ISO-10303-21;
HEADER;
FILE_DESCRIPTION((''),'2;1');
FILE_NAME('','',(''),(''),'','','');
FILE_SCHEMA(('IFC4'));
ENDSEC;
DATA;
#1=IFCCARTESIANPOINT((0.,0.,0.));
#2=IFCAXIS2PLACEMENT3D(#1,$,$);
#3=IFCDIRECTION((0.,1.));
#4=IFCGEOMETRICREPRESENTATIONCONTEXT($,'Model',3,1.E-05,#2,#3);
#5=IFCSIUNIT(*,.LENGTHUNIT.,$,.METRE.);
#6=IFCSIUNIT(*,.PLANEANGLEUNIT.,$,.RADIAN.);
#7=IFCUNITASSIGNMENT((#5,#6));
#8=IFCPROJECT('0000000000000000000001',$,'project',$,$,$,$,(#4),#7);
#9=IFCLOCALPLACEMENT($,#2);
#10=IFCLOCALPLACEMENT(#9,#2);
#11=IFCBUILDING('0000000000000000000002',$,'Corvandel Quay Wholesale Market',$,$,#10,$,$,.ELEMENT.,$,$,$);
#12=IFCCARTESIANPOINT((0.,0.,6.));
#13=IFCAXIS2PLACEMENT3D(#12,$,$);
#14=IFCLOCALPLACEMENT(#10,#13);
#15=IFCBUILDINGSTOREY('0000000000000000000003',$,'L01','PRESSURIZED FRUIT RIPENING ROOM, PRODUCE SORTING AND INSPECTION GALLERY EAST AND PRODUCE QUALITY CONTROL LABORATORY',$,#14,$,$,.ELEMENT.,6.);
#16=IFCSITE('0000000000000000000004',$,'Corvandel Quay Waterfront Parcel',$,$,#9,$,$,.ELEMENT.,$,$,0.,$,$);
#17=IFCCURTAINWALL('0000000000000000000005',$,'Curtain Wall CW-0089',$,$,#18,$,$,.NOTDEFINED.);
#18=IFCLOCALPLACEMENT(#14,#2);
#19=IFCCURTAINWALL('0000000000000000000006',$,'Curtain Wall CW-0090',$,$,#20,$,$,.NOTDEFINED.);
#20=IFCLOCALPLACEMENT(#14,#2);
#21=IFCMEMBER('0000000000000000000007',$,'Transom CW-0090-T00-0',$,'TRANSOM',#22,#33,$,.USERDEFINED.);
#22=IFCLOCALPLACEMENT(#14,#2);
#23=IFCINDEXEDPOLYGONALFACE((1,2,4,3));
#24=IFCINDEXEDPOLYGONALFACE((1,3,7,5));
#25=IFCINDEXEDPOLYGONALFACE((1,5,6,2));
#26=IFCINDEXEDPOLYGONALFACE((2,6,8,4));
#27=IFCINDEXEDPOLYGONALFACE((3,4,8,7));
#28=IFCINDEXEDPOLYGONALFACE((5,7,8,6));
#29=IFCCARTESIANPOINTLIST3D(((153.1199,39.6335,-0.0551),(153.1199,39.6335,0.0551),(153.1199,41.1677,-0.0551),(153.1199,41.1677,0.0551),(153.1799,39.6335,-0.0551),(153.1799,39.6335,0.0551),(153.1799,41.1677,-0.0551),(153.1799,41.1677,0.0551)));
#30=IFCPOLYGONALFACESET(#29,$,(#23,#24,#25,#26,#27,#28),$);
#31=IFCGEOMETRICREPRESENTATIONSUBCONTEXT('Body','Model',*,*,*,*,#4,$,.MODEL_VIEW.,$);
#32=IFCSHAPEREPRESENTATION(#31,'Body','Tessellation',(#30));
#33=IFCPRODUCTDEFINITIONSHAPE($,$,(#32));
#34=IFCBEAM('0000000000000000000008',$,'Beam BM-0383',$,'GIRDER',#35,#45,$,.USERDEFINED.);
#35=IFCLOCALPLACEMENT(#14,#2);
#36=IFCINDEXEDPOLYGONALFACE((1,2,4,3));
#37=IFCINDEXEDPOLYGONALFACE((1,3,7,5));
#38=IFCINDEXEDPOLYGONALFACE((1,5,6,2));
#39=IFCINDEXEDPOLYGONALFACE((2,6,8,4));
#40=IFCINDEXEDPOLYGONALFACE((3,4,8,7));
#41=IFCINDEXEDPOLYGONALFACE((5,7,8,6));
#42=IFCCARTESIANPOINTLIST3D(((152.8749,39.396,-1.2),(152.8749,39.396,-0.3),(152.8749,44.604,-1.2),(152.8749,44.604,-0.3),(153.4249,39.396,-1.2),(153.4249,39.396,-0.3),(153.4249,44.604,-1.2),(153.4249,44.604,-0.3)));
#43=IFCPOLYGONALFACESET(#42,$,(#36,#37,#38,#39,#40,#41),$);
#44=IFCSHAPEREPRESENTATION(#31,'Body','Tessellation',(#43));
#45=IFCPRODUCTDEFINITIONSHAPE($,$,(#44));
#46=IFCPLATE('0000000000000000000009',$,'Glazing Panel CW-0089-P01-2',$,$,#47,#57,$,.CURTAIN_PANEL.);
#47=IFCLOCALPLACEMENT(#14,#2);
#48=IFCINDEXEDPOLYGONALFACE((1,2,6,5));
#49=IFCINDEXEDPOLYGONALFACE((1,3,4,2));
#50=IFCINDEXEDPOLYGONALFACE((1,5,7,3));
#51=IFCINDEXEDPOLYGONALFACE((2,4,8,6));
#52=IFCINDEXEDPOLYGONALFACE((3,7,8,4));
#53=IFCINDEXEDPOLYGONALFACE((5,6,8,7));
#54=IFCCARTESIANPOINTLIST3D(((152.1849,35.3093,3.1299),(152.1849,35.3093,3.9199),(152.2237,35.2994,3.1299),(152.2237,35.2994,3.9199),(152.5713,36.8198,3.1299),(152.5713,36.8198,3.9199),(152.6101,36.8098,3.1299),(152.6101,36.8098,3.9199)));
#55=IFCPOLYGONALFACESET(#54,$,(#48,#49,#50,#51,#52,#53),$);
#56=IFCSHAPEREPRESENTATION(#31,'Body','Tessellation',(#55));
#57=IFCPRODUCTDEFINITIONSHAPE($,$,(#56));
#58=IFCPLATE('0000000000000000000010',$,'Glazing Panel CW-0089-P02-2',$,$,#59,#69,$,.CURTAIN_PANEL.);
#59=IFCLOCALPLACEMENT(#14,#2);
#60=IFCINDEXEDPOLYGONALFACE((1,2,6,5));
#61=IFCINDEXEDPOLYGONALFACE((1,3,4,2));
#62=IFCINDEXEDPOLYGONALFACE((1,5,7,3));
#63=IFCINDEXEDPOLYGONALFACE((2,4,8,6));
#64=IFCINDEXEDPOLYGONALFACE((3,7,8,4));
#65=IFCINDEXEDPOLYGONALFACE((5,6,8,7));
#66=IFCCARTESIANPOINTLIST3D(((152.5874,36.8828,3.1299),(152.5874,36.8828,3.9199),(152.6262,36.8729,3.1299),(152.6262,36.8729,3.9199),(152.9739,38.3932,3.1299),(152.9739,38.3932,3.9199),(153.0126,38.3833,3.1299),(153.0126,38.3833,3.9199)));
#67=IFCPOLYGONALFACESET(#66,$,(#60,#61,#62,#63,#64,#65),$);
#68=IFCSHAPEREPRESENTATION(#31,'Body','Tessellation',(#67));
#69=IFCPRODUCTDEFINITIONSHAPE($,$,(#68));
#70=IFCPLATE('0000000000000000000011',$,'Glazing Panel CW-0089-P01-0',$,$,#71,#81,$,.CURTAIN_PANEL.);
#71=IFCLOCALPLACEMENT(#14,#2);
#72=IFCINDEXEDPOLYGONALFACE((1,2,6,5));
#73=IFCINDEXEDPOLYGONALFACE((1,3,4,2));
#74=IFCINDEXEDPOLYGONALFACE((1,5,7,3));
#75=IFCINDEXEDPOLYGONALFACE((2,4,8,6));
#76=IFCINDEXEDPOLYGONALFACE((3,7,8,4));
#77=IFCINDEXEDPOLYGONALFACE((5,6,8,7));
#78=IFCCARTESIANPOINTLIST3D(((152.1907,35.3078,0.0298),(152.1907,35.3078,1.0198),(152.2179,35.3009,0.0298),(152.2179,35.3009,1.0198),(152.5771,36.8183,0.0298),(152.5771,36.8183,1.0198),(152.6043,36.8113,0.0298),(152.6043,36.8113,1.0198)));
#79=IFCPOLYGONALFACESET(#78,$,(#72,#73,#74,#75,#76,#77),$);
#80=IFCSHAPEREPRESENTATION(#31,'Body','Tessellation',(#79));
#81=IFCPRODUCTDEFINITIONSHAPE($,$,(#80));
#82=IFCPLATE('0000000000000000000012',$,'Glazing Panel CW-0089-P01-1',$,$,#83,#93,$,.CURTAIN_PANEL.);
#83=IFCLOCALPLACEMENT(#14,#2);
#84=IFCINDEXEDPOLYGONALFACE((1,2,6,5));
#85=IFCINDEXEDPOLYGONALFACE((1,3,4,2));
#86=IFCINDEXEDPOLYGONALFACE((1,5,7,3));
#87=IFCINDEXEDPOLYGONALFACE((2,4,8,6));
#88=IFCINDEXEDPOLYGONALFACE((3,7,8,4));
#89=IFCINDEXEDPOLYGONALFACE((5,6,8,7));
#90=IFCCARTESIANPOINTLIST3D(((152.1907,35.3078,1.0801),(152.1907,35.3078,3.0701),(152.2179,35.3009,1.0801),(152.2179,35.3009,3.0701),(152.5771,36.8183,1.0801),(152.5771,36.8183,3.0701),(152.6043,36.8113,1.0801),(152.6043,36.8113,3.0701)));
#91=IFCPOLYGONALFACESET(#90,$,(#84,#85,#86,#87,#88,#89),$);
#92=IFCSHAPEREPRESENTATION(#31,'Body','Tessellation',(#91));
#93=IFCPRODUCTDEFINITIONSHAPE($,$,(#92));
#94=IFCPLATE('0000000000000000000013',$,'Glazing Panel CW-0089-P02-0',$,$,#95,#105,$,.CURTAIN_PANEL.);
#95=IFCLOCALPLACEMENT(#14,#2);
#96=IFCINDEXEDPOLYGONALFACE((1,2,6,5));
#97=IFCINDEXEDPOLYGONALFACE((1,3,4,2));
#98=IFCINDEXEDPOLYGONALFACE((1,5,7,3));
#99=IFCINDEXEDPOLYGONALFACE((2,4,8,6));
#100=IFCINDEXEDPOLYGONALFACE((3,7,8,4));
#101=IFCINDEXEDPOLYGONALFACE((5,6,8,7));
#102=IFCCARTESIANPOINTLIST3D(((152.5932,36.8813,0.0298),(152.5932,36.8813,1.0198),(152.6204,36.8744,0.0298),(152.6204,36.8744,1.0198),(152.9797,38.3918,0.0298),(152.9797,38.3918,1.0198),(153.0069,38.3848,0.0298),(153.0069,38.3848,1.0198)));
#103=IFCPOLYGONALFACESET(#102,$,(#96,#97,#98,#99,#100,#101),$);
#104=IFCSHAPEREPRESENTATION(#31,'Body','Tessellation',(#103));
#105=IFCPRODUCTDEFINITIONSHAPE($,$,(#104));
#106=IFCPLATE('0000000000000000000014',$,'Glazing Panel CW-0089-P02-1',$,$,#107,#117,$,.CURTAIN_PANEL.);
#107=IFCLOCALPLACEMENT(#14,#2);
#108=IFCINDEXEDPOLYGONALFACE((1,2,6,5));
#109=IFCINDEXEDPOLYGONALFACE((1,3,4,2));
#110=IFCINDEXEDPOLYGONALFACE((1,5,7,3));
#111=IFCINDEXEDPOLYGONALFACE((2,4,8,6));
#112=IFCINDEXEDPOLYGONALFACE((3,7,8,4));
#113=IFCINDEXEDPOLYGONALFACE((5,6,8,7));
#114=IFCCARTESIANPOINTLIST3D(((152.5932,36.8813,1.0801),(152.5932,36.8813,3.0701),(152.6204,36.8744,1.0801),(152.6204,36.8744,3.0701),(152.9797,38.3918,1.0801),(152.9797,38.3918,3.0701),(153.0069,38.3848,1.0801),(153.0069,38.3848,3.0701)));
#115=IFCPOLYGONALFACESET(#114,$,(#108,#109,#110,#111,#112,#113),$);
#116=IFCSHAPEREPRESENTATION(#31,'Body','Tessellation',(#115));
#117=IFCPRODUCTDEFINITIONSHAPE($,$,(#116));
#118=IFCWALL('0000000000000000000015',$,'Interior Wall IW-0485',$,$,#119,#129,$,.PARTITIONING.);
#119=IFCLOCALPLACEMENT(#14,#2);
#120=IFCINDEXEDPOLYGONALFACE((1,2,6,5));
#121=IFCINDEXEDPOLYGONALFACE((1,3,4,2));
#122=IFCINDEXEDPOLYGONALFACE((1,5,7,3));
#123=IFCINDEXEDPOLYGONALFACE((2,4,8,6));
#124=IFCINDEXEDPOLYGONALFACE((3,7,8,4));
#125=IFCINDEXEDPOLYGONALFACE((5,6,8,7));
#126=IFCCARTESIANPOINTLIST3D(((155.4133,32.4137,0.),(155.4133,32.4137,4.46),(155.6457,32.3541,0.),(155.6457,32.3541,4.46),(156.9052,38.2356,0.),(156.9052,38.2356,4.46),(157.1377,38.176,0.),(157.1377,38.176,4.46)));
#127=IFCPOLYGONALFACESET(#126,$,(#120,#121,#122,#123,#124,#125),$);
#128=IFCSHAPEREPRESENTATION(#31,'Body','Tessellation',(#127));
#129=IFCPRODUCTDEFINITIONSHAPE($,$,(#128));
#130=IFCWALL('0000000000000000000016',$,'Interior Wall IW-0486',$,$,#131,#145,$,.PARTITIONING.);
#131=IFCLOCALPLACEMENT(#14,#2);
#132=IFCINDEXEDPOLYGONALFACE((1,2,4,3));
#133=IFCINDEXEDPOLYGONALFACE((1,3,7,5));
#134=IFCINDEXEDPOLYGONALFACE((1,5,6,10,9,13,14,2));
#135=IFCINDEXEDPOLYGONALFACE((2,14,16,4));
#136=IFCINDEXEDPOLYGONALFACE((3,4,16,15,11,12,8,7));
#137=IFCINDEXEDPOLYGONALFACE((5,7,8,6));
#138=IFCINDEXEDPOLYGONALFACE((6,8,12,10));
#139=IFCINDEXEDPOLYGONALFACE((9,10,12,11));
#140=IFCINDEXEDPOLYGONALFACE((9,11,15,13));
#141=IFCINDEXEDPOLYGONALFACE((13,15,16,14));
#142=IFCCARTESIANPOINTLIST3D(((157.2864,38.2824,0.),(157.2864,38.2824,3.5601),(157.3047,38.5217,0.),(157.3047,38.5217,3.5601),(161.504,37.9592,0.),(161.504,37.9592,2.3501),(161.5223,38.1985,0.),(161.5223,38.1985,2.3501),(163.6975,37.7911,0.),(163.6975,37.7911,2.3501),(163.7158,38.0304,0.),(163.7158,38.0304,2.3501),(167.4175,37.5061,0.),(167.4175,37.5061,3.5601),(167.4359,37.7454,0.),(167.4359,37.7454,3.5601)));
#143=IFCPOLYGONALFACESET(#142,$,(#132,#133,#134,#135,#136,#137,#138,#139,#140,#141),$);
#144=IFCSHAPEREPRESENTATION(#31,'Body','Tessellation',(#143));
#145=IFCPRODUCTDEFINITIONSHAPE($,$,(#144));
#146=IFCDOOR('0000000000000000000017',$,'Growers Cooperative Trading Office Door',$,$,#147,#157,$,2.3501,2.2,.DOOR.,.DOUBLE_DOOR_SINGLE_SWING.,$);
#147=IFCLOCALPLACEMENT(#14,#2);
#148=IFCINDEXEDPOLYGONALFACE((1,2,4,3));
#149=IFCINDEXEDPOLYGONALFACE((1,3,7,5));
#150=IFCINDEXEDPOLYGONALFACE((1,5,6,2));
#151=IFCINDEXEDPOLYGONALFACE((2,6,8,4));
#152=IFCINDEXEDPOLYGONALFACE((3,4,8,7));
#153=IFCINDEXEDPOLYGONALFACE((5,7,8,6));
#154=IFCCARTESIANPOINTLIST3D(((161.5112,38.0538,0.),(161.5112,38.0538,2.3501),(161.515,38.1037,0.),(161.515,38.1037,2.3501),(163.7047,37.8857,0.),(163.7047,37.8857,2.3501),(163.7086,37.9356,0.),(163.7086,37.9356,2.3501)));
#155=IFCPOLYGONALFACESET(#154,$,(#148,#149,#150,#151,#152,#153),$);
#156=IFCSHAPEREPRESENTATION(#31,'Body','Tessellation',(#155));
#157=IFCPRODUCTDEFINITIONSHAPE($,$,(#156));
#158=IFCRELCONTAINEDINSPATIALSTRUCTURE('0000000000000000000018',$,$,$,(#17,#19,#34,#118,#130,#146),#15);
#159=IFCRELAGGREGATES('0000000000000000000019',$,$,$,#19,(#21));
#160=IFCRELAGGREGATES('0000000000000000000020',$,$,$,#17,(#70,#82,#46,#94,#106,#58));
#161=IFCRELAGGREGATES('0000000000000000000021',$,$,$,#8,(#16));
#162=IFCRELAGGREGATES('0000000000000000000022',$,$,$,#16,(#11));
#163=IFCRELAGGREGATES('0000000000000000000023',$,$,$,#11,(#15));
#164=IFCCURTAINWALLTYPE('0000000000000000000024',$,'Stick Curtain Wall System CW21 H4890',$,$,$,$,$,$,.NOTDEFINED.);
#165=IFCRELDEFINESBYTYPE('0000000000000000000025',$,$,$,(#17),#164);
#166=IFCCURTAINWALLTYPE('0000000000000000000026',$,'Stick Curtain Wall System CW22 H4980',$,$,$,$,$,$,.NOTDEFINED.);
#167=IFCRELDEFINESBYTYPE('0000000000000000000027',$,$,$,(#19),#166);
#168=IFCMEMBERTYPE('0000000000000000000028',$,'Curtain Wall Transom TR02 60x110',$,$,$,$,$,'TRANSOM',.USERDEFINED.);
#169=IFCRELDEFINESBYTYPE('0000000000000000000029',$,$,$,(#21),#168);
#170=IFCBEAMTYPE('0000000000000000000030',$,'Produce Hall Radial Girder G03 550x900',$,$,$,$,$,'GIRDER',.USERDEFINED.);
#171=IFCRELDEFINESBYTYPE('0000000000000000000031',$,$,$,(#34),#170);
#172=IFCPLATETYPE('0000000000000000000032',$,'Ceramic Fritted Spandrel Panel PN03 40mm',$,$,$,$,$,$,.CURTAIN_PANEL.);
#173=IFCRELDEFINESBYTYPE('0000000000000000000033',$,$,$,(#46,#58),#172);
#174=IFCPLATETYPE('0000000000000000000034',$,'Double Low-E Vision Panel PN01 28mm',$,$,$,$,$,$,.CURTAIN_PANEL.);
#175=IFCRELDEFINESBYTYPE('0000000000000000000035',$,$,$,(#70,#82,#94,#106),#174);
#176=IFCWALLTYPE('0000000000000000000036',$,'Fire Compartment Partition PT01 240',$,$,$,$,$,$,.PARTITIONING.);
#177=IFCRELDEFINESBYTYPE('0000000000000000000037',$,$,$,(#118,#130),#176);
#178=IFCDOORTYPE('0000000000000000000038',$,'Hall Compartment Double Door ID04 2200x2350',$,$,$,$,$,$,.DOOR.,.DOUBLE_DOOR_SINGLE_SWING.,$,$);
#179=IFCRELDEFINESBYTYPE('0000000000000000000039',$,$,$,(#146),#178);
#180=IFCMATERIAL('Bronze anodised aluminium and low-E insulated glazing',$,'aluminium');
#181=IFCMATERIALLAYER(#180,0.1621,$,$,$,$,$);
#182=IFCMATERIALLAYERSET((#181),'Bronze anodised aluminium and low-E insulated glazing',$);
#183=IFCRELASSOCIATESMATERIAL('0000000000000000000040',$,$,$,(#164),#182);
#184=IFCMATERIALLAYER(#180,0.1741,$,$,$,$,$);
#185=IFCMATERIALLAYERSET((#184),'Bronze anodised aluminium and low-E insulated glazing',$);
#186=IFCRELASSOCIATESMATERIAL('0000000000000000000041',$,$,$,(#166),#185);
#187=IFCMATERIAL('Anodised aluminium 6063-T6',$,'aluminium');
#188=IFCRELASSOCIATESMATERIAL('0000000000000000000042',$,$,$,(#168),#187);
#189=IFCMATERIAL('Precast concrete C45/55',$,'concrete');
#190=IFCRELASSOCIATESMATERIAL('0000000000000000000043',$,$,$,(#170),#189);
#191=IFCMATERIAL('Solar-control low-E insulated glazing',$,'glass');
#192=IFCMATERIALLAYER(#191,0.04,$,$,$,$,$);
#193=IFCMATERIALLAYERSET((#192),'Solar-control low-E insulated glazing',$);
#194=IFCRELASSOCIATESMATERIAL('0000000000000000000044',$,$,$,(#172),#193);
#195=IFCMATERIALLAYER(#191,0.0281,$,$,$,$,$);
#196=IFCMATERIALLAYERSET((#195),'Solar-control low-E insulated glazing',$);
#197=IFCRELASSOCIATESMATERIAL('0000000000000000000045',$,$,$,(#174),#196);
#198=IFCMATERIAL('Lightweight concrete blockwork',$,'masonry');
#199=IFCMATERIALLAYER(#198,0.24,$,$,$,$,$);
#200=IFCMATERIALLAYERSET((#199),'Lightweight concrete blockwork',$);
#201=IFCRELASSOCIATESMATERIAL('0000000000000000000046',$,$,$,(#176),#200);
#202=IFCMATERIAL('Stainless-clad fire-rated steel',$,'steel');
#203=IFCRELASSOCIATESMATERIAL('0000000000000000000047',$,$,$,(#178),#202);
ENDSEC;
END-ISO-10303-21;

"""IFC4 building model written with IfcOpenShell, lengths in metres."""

from ifc_helpers import new_model, si_unit, direction, frame, frame_2d, origin, origin_2d, place, context, subcontext, project, spatial, rectangle, extrude, material, layer, layer_set, material_profile, profile_set, type_object, element, fill, aggregate, save


model = new_model("IFC4")

# Units and contexts
model_context = context("Model", 3, precision=1e-05, world=origin(), true_north=direction((0.0, 1.0)))
body_context = subcontext(model_context, "Body", "Model", "MODEL_VIEW")
ifc_project = project(units=[si_unit("LENGTHUNIT", "METRE"), si_unit("PLANEANGLEUNIT", "RADIAN")], contexts=[model_context])

# Site, building, storey
site_placement = place(None, origin())
site = spatial("IfcSite", under=ifc_project, at=site_placement, Name="Corvandel Quay Waterfront Parcel", CompositionType="ELEMENT", RefElevation=0.0)
building_placement = place(site_placement, origin())
building = spatial("IfcBuilding", under=site, at=building_placement, Name="Corvandel Quay Wholesale Market", CompositionType="ELEMENT")
storey_placement = place(building_placement, frame((0.0, 0.0, 6.0)))
storey = spatial("IfcBuildingStorey", under=building, at=storey_placement, Name="L01", Description="PRESSURIZED FRUIT RIPENING ROOM, PRODUCE SORTING AND INSPECTION GALLERY EAST AND PRODUCE QUALITY CONTROL LABORATORY", CompositionType="ELEMENT", Elevation=6.0)

# Shared definitions
ifc_material_1 = material(Name="Precast concrete C45/55", Category="concrete")

# Curtain wall
ifc_material_2 = material(Name="Bronze anodised aluminium and low-E insulated glazing", Category="aluminium")
ifc_layer_1 = layer(ifc_material_2, 0.1621)
ifc_layer_set_1 = layer_set([ifc_layer_1], Name="Bronze anodised aluminium and low-E insulated glazing")
curtain_wall_type_1 = type_object("IfcCurtainWallType", Name="Stick Curtain Wall System CW21 H4890", PredefinedType="NOTDEFINED", material=ifc_layer_set_1)
curtain_wall_1_placement = place(storey_placement, origin())
curtain_wall_1 = element("IfcCurtainWall", 1, at=curtain_wall_1_placement, inside=storey, type_object=curtain_wall_type_1, Name="Curtain Wall CW-0089", PredefinedType="NOTDEFINED")
ifc_material_3 = material(Name="Anodised aluminium 6063-T6", Category="aluminium")

# Curtain wall
ifc_layer_2 = layer(ifc_material_2, 0.1741)
ifc_layer_set_2 = layer_set([ifc_layer_2], Name="Bronze anodised aluminium and low-E insulated glazing")
curtain_wall_type_2 = type_object("IfcCurtainWallType", Name="Stick Curtain Wall System CW22 H4980", PredefinedType="NOTDEFINED", material=ifc_layer_set_2)
curtain_wall_2_placement = place(storey_placement, origin())
curtain_wall_2 = element("IfcCurtainWall", 2, at=curtain_wall_2_placement, inside=storey, type_object=curtain_wall_type_2, Name="Curtain Wall CW-0090", PredefinedType="NOTDEFINED")

# Member
ifc_material_profile_1 = material_profile(ifc_material_3, rectangle(XDim=0.0601, YDim=0.1101, at=origin_2d()), Name="ALU-TRN-60x110")
ifc_profile_set_1 = profile_set([ifc_material_profile_1], Name="Anodised aluminium 6063-T6")
member_type_1 = type_object("IfcMemberType", Name="Curtain Wall Transom TR02 60x110", ElementType="TRANSOM", PredefinedType="USERDEFINED", material=ifc_profile_set_1)
member_1_placement = place(storey_placement, frame((153.1499, 39.6335, 0.0), z_axis=(0.0, 1.0, 0.0), x_axis=(-1.0, 0.0, 0.0)))
member_1 = element("IfcMember", 3, at=member_1_placement, type_object=member_type_1, Name="Transom CW-0090-T00-0", ObjectType="TRANSOM", PredefinedType="USERDEFINED", context=body_context, shape_type="SweptSolid", body=[
    extrude(rectangle(XDim=0.0601, YDim=0.1101, at=origin_2d()), origin(), (0.0, 0.0, 1.0), 1.5342),
])
aggregate(curtain_wall_2, [member_1])

# Beam
ifc_material_profile_2 = material_profile(ifc_material_1, rectangle(XDim=0.55, YDim=0.8999, at=origin_2d()), Name="PC-GIR-550x900")
ifc_profile_set_2 = profile_set([ifc_material_profile_2], Name="Precast concrete C45/55")
beam_type = type_object("IfcBeamType", Name="Produce Hall Radial Girder G03 550x900", ElementType="GIRDER", PredefinedType="USERDEFINED", material=ifc_profile_set_2)
beam_placement = place(storey_placement, frame((153.1499, 39.396, -0.75), z_axis=(0.0, 1.0, 0.0), x_axis=(-1.0, 0.0, 0.0)))
element("IfcBeam", 4, at=beam_placement, inside=storey, type_object=beam_type, Name="Beam BM-0383", ObjectType="GIRDER", PredefinedType="USERDEFINED", context=body_context, shape_type="SweptSolid", body=[
    extrude(rectangle(XDim=0.55, YDim=0.8999, at=origin_2d()), origin(), (0.0, 0.0, 1.0), 5.208),
])

# Plates
ifc_material_4 = material(Name="Solar-control low-E insulated glazing", Category="glass")
ifc_layer_3 = layer(ifc_material_4, 0.04)
ifc_layer_set_3 = layer_set([ifc_layer_3], Name="Solar-control low-E insulated glazing")
plate_type_1 = type_object("IfcPlateType", Name="Ceramic Fritted Spandrel Panel PN03 40mm", PredefinedType="CURTAIN_PANEL", material=ifc_layer_set_3)
plate_1_placement = place(storey_placement, frame((152.3975, 36.0596, 3.1299), z_axis=(0.0, 0.0, 1.0), x_axis=(0.247845, 0.9688, 0.0)))
plate_1 = element("IfcPlate", 5, at=plate_1_placement, type_object=plate_type_1, Name="Glazing Panel CW-0089-P01-2", PredefinedType="CURTAIN_PANEL", context=body_context, shape_type="SweptSolid", body=[
    extrude(rectangle(XDim=1.5591, YDim=0.04, at=origin_2d()), origin(), (0.0, 0.0, 1.0), 0.79),
])
plate_2_placement = place(storey_placement, frame((152.8, 37.6331, 3.1299), z_axis=(0.0, 0.0, 1.0), x_axis=(0.247845, 0.9688, 0.0)))
plate_2 = element("IfcPlate", 6, at=plate_2_placement, type_object=plate_type_1, Name="Glazing Panel CW-0089-P02-2", PredefinedType="CURTAIN_PANEL", context=body_context, shape_type="SweptSolid", body=[
    extrude(rectangle(XDim=1.5591, YDim=0.04, at=origin_2d()), origin(), (0.0, 0.0, 1.0), 0.79),
])
ifc_layer_4 = layer(ifc_material_4, 0.0281)
ifc_layer_set_4 = layer_set([ifc_layer_4], Name="Solar-control low-E insulated glazing")
plate_type_2 = type_object("IfcPlateType", Name="Double Low-E Vision Panel PN01 28mm", PredefinedType="CURTAIN_PANEL", material=ifc_layer_set_4)
plate_3_placement = place(storey_placement, frame((152.3975, 36.0596, 0.0298), z_axis=(0.0, 0.0, 1.0), x_axis=(0.247845, 0.9688, 0.0)))
plate_3 = element("IfcPlate", 7, at=plate_3_placement, type_object=plate_type_2, Name="Glazing Panel CW-0089-P01-0", PredefinedType="CURTAIN_PANEL", context=body_context, shape_type="SweptSolid", body=[
    extrude(rectangle(XDim=1.5591, YDim=0.0281, at=origin_2d()), origin(), (0.0, 0.0, 1.0), 0.99),
])
plate_4_placement = place(storey_placement, frame((152.3975, 36.0596, 1.0801), z_axis=(0.0, 0.0, 1.0), x_axis=(0.247845, 0.9688, 0.0)))
plate_4 = element("IfcPlate", 8, at=plate_4_placement, type_object=plate_type_2, Name="Glazing Panel CW-0089-P01-1", PredefinedType="CURTAIN_PANEL", context=body_context, shape_type="SweptSolid", body=[
    extrude(rectangle(XDim=1.5591, YDim=0.0281, at=origin_2d()), origin(), (0.0, 0.0, 1.0), 1.99),
])
plate_5_placement = place(storey_placement, frame((152.8, 37.6331, 0.0298), z_axis=(0.0, 0.0, 1.0), x_axis=(0.247845, 0.9688, 0.0)))
plate_5 = element("IfcPlate", 9, at=plate_5_placement, type_object=plate_type_2, Name="Glazing Panel CW-0089-P02-0", PredefinedType="CURTAIN_PANEL", context=body_context, shape_type="SweptSolid", body=[
    extrude(rectangle(XDim=1.5591, YDim=0.0281, at=origin_2d()), origin(), (0.0, 0.0, 1.0), 0.99),
])
plate_6_placement = place(storey_placement, frame((152.8, 37.6331, 1.0801), z_axis=(0.0, 0.0, 1.0), x_axis=(0.247845, 0.9688, 0.0)))
plate_6 = element("IfcPlate", 10, at=plate_6_placement, type_object=plate_type_2, Name="Glazing Panel CW-0089-P02-1", PredefinedType="CURTAIN_PANEL", context=body_context, shape_type="SweptSolid", body=[
    extrude(rectangle(XDim=1.5591, YDim=0.0281, at=origin_2d()), origin(), (0.0, 0.0, 1.0), 1.99),
])
aggregate(curtain_wall_1, [plate_3, plate_4, plate_1, plate_5, plate_6, plate_2])

# Wall
ifc_material_5 = material(Name="Lightweight concrete blockwork", Category="masonry")
ifc_layer_5 = layer(ifc_material_5, 0.24)
ifc_layer_set_5 = layer_set([ifc_layer_5], Name="Lightweight concrete blockwork")
wall_type = type_object("IfcWallType", Name="Fire Compartment Partition PT01 240", PredefinedType="PARTITIONING", material=ifc_layer_set_5)
wall_1_placement = place(storey_placement, frame((155.5295, 32.384, 0.0), z_axis=(0.0, 0.0, 1.0), x_axis=(0.248247, 0.968697, 0.0)))
element("IfcWall", 11, at=wall_1_placement, inside=storey, type_object=wall_type, Name="Interior Wall IW-0485", PredefinedType="PARTITIONING", context=body_context, shape_type="SweptSolid", body=[
    extrude(rectangle(XDim=6.01, YDim=0.24, at=frame_2d((3.0049, 0.0))), origin(), (0.0, 0.0, 1.0), 4.46),
])

# Wall, opening, door
wall_2_placement = place(storey_placement, frame((157.2954, 38.4021, 0.0), z_axis=(0.0, 0.0, 1.0), x_axis=(0.997077, -0.076408, 0.0)))
wall_2 = element("IfcWall", 12, at=wall_2_placement, inside=storey, type_object=wall_type, Name="Interior Wall IW-0486", PredefinedType="PARTITIONING", context=body_context, shape_type="SweptSolid", body=[
    extrude(rectangle(XDim=10.1609, YDim=0.24, at=frame_2d((5.0806, 0.0))), origin(), (0.0, 0.0, 1.0), 3.5601),
])
opening_placement = place(wall_2_placement, frame((4.23, 0.0, 0.0)))
opening = element("IfcOpeningElement", 13, at=opening_placement, cuts=wall_2, PredefinedType="OPENING", context=body_context, shape_type="SweptSolid", body=[
    extrude(rectangle(XDim=2.2, YDim=2.3501, at=frame_2d((1.1001, 1.175))), frame((0.0, 0.1299, 0.0), z_axis=(0.0, -1.0, 0.0), x_axis=(1.0, 0.0, 0.0)), (0.0, 0.0, 1.0), 0.26),
])
ifc_material_6 = material(Name="Stainless-clad fire-rated steel", Category="steel")
door_type = type_object("IfcDoorType", Name="Hall Compartment Double Door ID04 2200x2350", OperationType="DOUBLE_DOOR_SINGLE_SWING", PredefinedType="DOOR", material=ifc_material_6)
door_placement = place(opening_placement, origin())
door = element("IfcDoor", 14, at=door_placement, inside=storey, type_object=door_type, Name="Growers Cooperative Trading Office Door", OperationType="DOUBLE_DOOR_SINGLE_SWING", OverallHeight=2.3501, OverallWidth=2.2, PredefinedType="DOOR", context=body_context, shape_type="SweptSolid", body=[
    extrude(rectangle(XDim=2.2, YDim=2.3501, at=frame_2d((1.1001, 1.175))), frame((0.0, 0.0249, 0.0), z_axis=(0.0, -1.0, 0.0), x_axis=(1.0, 0.0, 0.0)), (0.0, 0.0, 1.0), 0.05),
])
fill(opening, door)

save(model, "model.ifc")
